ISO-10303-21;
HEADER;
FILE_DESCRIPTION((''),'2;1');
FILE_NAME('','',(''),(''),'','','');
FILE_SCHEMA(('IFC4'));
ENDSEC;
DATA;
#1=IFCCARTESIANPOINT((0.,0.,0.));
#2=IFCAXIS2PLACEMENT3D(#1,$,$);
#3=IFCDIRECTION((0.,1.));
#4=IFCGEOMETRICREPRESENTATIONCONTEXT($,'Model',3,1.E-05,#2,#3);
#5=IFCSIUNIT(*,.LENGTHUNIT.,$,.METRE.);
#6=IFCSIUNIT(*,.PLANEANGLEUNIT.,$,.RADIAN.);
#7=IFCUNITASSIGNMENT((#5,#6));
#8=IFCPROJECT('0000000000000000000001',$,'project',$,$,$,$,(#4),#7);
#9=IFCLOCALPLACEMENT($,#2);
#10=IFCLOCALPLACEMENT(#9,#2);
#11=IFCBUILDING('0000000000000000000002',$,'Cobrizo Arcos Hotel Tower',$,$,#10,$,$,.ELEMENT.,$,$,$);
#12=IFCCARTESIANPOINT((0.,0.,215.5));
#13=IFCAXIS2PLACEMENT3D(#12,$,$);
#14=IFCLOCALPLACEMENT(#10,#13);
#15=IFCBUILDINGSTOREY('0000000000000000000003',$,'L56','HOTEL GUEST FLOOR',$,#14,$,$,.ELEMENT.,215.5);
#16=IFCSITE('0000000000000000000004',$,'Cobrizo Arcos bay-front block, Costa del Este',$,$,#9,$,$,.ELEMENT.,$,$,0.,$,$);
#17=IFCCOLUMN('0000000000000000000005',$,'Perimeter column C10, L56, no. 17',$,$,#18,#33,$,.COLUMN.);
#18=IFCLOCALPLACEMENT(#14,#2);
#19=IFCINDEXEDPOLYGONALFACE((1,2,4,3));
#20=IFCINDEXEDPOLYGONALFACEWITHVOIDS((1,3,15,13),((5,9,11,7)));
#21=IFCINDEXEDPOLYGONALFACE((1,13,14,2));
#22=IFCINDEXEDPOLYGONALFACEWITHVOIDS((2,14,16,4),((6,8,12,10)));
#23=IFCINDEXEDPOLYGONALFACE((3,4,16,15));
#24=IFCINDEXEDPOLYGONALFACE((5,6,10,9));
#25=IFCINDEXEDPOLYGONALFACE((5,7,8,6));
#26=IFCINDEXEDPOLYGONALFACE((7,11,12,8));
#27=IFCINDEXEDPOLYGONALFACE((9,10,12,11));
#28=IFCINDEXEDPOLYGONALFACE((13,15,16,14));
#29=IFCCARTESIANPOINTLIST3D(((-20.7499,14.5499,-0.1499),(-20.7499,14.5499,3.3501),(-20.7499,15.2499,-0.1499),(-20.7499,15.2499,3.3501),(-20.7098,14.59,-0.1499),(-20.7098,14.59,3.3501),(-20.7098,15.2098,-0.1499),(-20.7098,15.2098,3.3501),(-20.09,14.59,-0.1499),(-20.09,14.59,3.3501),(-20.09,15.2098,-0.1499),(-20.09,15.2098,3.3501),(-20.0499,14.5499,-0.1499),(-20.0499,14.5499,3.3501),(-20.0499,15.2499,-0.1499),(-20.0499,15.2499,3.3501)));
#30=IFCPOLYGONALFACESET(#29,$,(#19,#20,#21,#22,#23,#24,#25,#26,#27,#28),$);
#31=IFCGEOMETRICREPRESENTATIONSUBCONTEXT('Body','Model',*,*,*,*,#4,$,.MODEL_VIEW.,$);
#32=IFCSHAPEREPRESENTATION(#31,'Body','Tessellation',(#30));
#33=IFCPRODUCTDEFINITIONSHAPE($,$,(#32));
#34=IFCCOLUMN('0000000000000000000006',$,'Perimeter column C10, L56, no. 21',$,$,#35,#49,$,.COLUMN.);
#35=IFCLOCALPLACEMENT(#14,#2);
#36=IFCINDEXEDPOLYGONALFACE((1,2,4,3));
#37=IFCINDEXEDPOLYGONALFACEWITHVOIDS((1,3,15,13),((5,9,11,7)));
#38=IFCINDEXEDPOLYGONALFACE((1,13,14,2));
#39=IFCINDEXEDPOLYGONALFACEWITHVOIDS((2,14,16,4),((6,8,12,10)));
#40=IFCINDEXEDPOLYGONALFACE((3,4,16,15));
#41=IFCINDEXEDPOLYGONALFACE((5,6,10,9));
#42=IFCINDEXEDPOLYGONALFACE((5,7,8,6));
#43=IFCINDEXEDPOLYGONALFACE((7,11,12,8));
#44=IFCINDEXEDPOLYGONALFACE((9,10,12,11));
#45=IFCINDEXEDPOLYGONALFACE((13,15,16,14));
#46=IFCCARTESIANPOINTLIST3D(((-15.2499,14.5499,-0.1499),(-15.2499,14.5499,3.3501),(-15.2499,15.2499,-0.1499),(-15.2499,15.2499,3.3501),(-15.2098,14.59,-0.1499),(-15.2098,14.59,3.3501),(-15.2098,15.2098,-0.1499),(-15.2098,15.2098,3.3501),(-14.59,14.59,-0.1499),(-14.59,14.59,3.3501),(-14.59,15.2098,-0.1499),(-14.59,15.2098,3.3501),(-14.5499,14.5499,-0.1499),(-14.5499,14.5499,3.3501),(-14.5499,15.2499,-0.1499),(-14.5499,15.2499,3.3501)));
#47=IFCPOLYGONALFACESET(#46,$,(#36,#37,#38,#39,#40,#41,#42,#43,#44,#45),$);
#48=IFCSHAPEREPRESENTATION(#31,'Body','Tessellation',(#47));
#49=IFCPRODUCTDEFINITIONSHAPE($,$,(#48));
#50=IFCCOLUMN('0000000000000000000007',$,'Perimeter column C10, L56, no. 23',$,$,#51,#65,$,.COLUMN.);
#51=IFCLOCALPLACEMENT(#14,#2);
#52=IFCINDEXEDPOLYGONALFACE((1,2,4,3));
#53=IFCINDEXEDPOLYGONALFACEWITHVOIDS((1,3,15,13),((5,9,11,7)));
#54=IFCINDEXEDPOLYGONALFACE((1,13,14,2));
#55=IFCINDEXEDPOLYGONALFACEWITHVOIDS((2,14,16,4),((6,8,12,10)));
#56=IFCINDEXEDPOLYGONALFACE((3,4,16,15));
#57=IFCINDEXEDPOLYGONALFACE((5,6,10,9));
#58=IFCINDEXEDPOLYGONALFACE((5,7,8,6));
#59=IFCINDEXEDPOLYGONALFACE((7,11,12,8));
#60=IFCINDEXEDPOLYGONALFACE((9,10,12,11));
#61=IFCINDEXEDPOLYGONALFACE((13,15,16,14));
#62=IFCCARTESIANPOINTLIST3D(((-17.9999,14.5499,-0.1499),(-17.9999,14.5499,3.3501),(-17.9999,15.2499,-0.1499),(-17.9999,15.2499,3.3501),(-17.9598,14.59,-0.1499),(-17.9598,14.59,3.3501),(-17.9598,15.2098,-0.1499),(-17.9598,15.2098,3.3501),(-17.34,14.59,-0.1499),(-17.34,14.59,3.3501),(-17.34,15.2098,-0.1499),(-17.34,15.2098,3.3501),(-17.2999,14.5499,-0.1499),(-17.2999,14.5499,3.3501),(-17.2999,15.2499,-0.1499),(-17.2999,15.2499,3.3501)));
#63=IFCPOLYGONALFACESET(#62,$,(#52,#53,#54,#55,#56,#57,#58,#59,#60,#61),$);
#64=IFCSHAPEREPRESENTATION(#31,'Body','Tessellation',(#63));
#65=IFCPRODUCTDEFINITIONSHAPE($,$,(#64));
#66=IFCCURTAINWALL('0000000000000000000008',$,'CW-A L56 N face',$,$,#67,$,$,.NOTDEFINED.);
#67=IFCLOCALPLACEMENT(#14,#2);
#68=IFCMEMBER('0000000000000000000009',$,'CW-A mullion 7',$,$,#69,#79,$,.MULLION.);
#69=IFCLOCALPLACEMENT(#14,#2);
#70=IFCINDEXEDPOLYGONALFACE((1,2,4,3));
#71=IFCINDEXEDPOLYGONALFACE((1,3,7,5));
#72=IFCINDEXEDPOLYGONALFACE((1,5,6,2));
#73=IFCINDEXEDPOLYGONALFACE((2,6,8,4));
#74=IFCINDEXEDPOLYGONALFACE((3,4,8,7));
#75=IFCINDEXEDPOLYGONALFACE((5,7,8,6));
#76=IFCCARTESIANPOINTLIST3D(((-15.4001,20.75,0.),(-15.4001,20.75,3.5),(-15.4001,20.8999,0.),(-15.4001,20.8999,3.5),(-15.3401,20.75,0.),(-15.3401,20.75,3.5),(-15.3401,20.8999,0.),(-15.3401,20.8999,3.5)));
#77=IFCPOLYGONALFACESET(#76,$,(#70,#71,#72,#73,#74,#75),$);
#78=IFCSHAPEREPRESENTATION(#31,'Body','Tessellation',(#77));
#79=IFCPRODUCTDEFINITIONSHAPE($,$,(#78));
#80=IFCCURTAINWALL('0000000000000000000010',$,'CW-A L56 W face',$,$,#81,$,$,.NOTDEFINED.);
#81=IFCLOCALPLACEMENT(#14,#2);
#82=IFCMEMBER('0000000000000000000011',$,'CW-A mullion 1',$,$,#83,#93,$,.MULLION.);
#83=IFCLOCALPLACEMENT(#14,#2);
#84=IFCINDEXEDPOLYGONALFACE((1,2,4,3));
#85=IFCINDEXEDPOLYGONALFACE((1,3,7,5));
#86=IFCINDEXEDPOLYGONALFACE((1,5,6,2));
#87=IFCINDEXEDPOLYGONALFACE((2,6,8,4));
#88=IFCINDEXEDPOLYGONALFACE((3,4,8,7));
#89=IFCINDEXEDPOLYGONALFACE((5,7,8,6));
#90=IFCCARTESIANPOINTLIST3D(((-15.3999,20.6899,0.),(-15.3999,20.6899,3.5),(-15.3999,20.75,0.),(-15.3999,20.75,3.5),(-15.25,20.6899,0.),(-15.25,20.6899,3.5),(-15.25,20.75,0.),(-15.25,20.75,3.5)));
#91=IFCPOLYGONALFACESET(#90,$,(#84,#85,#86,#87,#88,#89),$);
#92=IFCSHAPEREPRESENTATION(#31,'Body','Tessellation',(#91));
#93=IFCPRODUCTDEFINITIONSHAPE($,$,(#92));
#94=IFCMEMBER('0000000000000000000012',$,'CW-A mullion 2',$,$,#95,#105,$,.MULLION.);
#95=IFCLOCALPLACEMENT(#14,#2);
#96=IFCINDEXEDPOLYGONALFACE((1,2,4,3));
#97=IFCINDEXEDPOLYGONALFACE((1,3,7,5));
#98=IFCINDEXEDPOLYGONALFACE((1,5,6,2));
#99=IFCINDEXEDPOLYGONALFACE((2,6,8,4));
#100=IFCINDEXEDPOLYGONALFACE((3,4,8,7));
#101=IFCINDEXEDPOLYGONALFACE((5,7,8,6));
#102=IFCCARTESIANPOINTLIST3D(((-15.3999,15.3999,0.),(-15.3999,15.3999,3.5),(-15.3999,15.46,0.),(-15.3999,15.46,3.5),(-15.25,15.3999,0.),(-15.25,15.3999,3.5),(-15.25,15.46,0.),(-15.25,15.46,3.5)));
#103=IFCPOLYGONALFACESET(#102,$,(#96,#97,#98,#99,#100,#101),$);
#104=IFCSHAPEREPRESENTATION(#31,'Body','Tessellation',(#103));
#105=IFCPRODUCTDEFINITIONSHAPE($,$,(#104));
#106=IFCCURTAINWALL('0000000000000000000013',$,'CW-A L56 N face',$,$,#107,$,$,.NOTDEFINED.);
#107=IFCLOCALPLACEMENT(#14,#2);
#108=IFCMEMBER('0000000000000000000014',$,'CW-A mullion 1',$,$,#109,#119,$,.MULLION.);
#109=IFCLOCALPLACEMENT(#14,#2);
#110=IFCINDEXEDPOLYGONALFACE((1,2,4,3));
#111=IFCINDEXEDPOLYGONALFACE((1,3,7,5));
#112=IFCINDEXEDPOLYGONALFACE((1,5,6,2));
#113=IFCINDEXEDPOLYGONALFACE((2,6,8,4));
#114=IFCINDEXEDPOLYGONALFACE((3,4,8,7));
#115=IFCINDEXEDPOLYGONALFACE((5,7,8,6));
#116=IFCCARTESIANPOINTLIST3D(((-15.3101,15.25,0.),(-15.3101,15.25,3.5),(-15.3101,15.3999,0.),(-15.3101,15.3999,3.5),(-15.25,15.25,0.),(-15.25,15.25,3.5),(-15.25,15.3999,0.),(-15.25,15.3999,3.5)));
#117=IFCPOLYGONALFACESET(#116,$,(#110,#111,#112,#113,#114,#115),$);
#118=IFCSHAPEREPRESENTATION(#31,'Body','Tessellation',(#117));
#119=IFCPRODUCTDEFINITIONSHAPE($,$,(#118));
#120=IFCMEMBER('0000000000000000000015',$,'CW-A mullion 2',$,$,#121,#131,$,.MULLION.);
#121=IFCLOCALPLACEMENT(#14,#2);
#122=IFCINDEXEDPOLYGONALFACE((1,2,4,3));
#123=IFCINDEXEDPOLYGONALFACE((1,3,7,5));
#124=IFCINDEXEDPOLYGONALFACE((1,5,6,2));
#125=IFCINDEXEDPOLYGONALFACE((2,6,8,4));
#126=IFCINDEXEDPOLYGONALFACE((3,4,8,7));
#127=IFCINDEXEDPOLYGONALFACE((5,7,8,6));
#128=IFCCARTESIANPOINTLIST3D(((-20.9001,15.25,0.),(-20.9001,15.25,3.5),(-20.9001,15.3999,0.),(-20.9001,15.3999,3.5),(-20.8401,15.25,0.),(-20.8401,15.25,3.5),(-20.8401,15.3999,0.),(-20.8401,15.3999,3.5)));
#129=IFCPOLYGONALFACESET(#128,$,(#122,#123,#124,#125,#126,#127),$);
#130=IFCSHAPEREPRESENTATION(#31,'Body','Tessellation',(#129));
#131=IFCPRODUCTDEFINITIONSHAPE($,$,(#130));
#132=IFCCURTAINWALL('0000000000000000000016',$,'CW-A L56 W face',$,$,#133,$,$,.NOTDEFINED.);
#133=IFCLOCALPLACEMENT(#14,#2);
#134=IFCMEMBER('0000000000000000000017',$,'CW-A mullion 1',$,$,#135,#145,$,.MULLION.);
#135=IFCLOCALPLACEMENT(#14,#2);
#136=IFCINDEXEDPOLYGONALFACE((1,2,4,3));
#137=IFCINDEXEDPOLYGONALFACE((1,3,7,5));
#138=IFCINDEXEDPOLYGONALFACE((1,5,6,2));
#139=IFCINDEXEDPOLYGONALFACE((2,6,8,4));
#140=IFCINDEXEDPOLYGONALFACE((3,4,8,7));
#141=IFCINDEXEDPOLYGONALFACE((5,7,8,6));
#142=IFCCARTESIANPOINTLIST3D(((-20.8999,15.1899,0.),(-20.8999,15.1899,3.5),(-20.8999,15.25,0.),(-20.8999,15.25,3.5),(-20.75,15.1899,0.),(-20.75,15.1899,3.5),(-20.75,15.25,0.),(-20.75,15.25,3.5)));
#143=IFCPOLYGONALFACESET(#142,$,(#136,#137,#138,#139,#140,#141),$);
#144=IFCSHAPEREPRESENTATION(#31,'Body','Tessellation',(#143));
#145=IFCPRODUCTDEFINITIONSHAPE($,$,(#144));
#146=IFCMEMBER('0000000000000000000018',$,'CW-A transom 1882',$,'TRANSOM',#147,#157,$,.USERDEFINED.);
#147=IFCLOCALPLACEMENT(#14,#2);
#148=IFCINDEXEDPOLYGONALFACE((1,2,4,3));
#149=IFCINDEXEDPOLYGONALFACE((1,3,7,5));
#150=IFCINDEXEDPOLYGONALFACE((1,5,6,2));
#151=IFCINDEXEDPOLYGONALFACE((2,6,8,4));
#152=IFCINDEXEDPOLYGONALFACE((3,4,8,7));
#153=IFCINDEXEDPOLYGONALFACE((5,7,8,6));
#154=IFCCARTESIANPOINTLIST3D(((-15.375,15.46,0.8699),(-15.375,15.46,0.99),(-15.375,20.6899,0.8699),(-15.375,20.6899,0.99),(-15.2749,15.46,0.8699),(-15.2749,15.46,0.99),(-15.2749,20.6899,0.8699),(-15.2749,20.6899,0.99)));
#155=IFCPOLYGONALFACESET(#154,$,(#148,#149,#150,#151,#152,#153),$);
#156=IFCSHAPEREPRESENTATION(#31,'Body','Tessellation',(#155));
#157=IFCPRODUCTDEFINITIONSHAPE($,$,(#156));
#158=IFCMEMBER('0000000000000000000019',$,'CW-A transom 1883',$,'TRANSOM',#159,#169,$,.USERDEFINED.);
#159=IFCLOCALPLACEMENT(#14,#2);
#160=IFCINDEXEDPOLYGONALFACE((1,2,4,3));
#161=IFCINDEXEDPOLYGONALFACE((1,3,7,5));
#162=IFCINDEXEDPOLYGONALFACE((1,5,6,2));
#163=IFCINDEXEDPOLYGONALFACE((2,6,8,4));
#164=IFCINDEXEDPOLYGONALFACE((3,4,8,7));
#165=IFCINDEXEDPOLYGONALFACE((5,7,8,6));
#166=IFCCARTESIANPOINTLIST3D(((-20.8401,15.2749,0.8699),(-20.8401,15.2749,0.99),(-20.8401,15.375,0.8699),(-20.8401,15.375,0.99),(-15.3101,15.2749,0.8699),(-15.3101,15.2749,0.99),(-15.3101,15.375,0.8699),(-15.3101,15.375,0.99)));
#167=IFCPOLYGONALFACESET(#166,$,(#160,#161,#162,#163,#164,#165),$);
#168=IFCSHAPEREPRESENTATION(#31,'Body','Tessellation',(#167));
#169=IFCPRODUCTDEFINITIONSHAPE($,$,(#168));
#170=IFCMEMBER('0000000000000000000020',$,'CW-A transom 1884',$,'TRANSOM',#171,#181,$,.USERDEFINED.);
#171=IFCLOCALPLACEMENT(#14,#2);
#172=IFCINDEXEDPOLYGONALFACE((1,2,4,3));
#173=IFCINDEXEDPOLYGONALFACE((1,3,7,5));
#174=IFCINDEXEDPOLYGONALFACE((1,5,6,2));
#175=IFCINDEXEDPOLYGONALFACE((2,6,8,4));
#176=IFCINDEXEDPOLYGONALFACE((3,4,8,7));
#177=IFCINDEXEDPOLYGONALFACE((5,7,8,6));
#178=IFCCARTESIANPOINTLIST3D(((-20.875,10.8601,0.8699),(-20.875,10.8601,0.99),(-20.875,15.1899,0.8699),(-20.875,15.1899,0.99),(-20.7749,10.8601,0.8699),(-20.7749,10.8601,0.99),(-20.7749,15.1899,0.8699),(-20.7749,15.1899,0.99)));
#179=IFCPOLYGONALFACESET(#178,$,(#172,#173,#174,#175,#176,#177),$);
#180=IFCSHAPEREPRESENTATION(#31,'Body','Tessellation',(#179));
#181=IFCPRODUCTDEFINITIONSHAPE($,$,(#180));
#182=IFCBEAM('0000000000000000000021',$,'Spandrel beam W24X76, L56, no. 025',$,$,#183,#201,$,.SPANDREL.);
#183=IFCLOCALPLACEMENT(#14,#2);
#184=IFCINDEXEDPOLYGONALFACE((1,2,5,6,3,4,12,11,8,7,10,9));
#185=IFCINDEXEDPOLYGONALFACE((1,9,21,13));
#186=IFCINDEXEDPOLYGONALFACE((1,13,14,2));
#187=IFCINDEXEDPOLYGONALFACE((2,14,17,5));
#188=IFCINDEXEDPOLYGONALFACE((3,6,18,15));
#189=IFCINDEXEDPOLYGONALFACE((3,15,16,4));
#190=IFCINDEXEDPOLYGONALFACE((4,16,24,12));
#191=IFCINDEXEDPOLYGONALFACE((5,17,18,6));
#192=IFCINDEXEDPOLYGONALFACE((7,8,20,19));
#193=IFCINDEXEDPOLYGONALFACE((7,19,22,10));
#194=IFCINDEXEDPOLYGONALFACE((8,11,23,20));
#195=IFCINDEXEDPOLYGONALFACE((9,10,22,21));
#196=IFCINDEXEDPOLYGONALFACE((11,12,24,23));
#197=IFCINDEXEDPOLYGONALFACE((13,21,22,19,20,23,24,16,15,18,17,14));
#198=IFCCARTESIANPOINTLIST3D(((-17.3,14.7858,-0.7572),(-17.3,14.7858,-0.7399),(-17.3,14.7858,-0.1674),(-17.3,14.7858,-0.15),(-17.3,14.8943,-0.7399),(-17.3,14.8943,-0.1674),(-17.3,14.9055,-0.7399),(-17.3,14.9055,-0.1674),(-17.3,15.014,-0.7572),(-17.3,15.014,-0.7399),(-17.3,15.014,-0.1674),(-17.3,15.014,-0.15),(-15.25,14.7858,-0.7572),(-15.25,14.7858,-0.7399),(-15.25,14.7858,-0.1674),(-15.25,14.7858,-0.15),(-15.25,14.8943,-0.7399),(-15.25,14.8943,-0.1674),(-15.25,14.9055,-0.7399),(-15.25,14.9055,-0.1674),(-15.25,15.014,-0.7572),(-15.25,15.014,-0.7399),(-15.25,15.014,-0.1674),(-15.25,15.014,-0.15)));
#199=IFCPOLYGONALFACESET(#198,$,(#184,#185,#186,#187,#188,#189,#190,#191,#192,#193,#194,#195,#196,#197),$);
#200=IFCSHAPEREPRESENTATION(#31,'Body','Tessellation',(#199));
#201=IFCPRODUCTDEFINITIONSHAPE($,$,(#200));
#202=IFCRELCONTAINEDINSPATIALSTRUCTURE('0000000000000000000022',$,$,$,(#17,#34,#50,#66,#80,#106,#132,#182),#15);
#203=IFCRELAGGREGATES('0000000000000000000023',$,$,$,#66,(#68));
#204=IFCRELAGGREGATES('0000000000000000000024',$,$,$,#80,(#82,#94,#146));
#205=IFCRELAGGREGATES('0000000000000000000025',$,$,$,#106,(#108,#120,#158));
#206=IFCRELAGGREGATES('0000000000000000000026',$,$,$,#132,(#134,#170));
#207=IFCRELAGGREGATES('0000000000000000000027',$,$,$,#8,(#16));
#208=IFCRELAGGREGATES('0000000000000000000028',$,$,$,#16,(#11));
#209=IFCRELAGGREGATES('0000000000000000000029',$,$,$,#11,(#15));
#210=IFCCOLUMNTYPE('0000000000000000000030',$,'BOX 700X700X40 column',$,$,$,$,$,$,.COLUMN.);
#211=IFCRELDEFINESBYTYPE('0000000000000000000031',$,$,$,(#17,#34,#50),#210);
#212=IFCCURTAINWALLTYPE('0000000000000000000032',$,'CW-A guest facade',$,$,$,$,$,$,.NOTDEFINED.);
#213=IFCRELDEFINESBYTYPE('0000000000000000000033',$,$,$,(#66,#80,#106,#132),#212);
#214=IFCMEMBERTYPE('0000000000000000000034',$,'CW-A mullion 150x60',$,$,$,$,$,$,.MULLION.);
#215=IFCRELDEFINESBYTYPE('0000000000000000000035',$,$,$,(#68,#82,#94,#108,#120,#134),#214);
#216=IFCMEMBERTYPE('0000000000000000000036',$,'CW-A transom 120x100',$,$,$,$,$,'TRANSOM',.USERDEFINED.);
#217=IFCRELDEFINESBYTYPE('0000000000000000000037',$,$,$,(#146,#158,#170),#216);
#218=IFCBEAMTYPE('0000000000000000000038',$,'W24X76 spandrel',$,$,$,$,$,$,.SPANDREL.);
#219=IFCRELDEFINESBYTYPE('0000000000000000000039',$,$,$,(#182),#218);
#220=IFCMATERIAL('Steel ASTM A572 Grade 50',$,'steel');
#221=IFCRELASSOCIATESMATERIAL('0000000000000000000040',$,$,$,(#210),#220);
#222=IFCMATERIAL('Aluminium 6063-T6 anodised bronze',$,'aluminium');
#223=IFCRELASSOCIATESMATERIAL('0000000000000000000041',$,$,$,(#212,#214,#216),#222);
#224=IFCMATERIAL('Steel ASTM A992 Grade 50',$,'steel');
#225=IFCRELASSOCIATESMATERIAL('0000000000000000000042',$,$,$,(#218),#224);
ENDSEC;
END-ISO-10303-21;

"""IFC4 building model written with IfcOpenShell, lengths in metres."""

from ifc_helpers import new_model, si_unit, direction, frame, origin, origin_2d, place, context, subcontext, project, spatial, rectangle, hollow_rectangle, i_section, extrude, material, material_profile, profile_set, type_object, element, aggregate, save


model = new_model("IFC4")

# Units and contexts
model_context = context("Model", 3, precision=1e-05, world=origin(), true_north=direction((0.0, 1.0)))
body_context = subcontext(model_context, "Body", "Model", "MODEL_VIEW")
ifc_project = project(units=[si_unit("LENGTHUNIT", "METRE"), si_unit("PLANEANGLEUNIT", "RADIAN")], contexts=[model_context])

# Site, building, storey
site_placement = place(None, origin())
site = spatial("IfcSite", under=ifc_project, at=site_placement, Name="Cobrizo Arcos bay-front block, Costa del Este", CompositionType="ELEMENT", RefElevation=0.0)
building_placement = place(site_placement, origin())
building = spatial("IfcBuilding", under=site, at=building_placement, Name="Cobrizo Arcos Hotel Tower", CompositionType="ELEMENT")
storey_placement = place(building_placement, frame((0.0, 0.0, 215.5)))
storey = spatial("IfcBuildingStorey", under=building, at=storey_placement, Name="L56", Description="HOTEL GUEST FLOOR", CompositionType="ELEMENT", Elevation=215.5)

# Columns
ifc_material_1 = material(Name="Steel ASTM A572 Grade 50", Category="steel")
ifc_material_profile_1 = material_profile(ifc_material_1, hollow_rectangle(XDim=0.7, YDim=0.7, WallThickness=0.04, at=origin_2d()), Name="BOX 700X700X40")
ifc_profile_set_1 = profile_set([ifc_material_profile_1], Name="Steel ASTM A572 Grade 50")
column_type = type_object("IfcColumnType", Name="BOX 700X700X40 column", PredefinedType="COLUMN", material=ifc_profile_set_1)
for number, where, z_axis, x_axis, name in (
    (1, (-20.3999, 14.8999, -0.1499), (0.0, 0.0, 1.0), (1.0, 0.0, 0.0), "Perimeter column C10, L56, no. 17"),
    (2, (-14.8999, 14.8999, -0.1499), (0.0, 0.0, 1.0), (1.0, 0.0, 0.0), "Perimeter column C10, L56, no. 21"),
    (3, (-17.6499, 14.8999, -0.1499), (0.0, 0.0, 1.0), (1.0, 0.0, 0.0), "Perimeter column C10, L56, no. 23"),
):
    element("IfcColumn", number, at=place(storey_placement, frame(where, z_axis=z_axis, x_axis=x_axis)), inside=storey, type_object=column_type, Name=name, PredefinedType="COLUMN", context=body_context, shape_type="SweptSolid", body=[
        extrude(hollow_rectangle(XDim=0.7, YDim=0.7, WallThickness=0.04, at=origin_2d()), origin(), (0.0, 0.0, 1.0), 3.5),
    ])

# Curtain wall, member
ifc_material_2 = material(Name="Aluminium 6063-T6 anodised bronze", Category="aluminium")
curtain_wall_type = type_object("IfcCurtainWallType", Name="CW-A guest facade", PredefinedType="NOTDEFINED", material=ifc_material_2)
curtain_wall_1_placement = place(storey_placement, origin())
curtain_wall_1 = element("IfcCurtainWall", 4, at=curtain_wall_1_placement, inside=storey, type_object=curtain_wall_type, Name="CW-A L56 N face", PredefinedType="NOTDEFINED")
ifc_material_profile_2 = material_profile(ifc_material_2, rectangle(XDim=0.1499, YDim=0.0601, at=origin_2d()), Name="CW-A mullion 150x60")
ifc_profile_set_2 = profile_set([ifc_material_profile_2], Name="Aluminium 6063-T6 anodised bronze")
member_type_1 = type_object("IfcMemberType", Name="CW-A mullion 150x60", PredefinedType="MULLION", material=ifc_profile_set_2)
member_1_placement = place(storey_placement, frame((-15.3701, 20.825, 0.0), z_axis=(0.0, 0.0, 1.0), x_axis=(0.0, 1.0, 0.0)))
member_1 = element("IfcMember", 5, at=member_1_placement, type_object=member_type_1, Name="CW-A mullion 7", PredefinedType="MULLION", context=body_context, shape_type="SweptSolid", body=[
    extrude(rectangle(XDim=0.1499, YDim=0.0601, at=origin_2d()), origin(), (0.0, 0.0, 1.0), 3.5),
])
aggregate(curtain_wall_1, [member_1])

# Curtain walls, members
curtain_wall_2_placement = place(storey_placement, origin())
curtain_wall_2 = element("IfcCurtainWall", 6, at=curtain_wall_2_placement, inside=storey, type_object=curtain_wall_type, Name="CW-A L56 W face", PredefinedType="NOTDEFINED")
member_2_placement = place(storey_placement, frame((-15.325, 20.72, 0.0), z_axis=(0.0, 0.0, 1.0), x_axis=(-1.0, 0.0, 0.0)))
member_2 = element("IfcMember", 7, at=member_2_placement, type_object=member_type_1, Name="CW-A mullion 1", PredefinedType="MULLION", context=body_context, shape_type="SweptSolid", body=[
    extrude(rectangle(XDim=0.1499, YDim=0.0601, at=origin_2d()), origin(), (0.0, 0.0, 1.0), 3.5),
])
member_3_placement = place(storey_placement, frame((-15.325, 15.4299, 0.0), z_axis=(0.0, 0.0, 1.0), x_axis=(-1.0, 0.0, 0.0)))
member_3 = element("IfcMember", 8, at=member_3_placement, type_object=member_type_1, Name="CW-A mullion 2", PredefinedType="MULLION", context=body_context, shape_type="SweptSolid", body=[
    extrude(rectangle(XDim=0.1499, YDim=0.0601, at=origin_2d()), origin(), (0.0, 0.0, 1.0), 3.5),
])
curtain_wall_3_placement = place(storey_placement, origin())
curtain_wall_3 = element("IfcCurtainWall", 9, at=curtain_wall_3_placement, inside=storey, type_object=curtain_wall_type, Name="CW-A L56 N face", PredefinedType="NOTDEFINED")
member_4_placement = place(storey_placement, frame((-15.28, 15.325, 0.0), z_axis=(0.0, 0.0, 1.0), x_axis=(0.0, 1.0, 0.0)))
member_4 = element("IfcMember", 10, at=member_4_placement, type_object=member_type_1, Name="CW-A mullion 1", PredefinedType="MULLION", context=body_context, shape_type="SweptSolid", body=[
    extrude(rectangle(XDim=0.1499, YDim=0.0601, at=origin_2d()), origin(), (0.0, 0.0, 1.0), 3.5),
])
member_5_placement = place(storey_placement, frame((-20.8701, 15.325, 0.0), z_axis=(0.0, 0.0, 1.0), x_axis=(0.0, 1.0, 0.0)))
member_5 = element("IfcMember", 11, at=member_5_placement, type_object=member_type_1, Name="CW-A mullion 2", PredefinedType="MULLION", context=body_context, shape_type="SweptSolid", body=[
    extrude(rectangle(XDim=0.1499, YDim=0.0601, at=origin_2d()), origin(), (0.0, 0.0, 1.0), 3.5),
])

# Curtain wall, member
curtain_wall_4_placement = place(storey_placement, origin())
curtain_wall_4 = element("IfcCurtainWall", 12, at=curtain_wall_4_placement, inside=storey, type_object=curtain_wall_type, Name="CW-A L56 W face", PredefinedType="NOTDEFINED")
member_6_placement = place(storey_placement, frame((-20.825, 15.22, 0.0), z_axis=(0.0, 0.0, 1.0), x_axis=(-1.0, 0.0, 0.0)))
member_6 = element("IfcMember", 13, at=member_6_placement, type_object=member_type_1, Name="CW-A mullion 1", PredefinedType="MULLION", context=body_context, shape_type="SweptSolid", body=[
    extrude(rectangle(XDim=0.1499, YDim=0.0601, at=origin_2d()), origin(), (0.0, 0.0, 1.0), 3.5),
])

# Members
ifc_material_profile_3 = material_profile(ifc_material_2, rectangle(XDim=0.1001, YDim=0.1201, at=origin_2d()), Name="CW-A transom 120x100")
ifc_profile_set_3 = profile_set([ifc_material_profile_3], Name="Aluminium 6063-T6 anodised bronze")
member_type_2 = type_object("IfcMemberType", Name="CW-A transom 120x100", ElementType="TRANSOM", PredefinedType="USERDEFINED", material=ifc_profile_set_3)
member_7_placement = place(storey_placement, frame((-15.325, 20.6899, 0.9299), z_axis=(0.0, -1.0, 0.0), x_axis=(1.0, 0.0, 0.0)))
member_7 = element("IfcMember", 14, at=member_7_placement, type_object=member_type_2, Name="CW-A transom 1882", ObjectType="TRANSOM", PredefinedType="USERDEFINED", context=body_context, shape_type="SweptSolid", body=[
    extrude(rectangle(XDim=0.1001, YDim=0.1201, at=origin_2d()), origin(), (0.0, 0.0, 1.0), 5.23),
])
member_8_placement = place(storey_placement, frame((-15.3101, 15.325, 0.9299), z_axis=(-1.0, 0.0, 0.0), x_axis=(0.0, -1.0, 0.0)))
member_8 = element("IfcMember", 15, at=member_8_placement, type_object=member_type_2, Name="CW-A transom 1883", ObjectType="TRANSOM", PredefinedType="USERDEFINED", context=body_context, shape_type="SweptSolid", body=[
    extrude(rectangle(XDim=0.1001, YDim=0.1201, at=origin_2d()), origin(), (0.0, 0.0, 1.0), 5.53),
])
member_9_placement = place(storey_placement, frame((-20.825, 15.1899, 0.9299), z_axis=(0.0, -1.0, 0.0), x_axis=(1.0, 0.0, 0.0)))
member_9 = element("IfcMember", 16, at=member_9_placement, type_object=member_type_2, Name="CW-A transom 1884", ObjectType="TRANSOM", PredefinedType="USERDEFINED", context=body_context, shape_type="SweptSolid", body=[
    extrude(rectangle(XDim=0.1001, YDim=0.1201, at=origin_2d()), origin(), (0.0, 0.0, 1.0), 4.3298),
])

# Beam
ifc_material_3 = material(Name="Steel ASTM A992 Grade 50", Category="steel")
ifc_material_profile_4 = material_profile(ifc_material_3, i_section(OverallWidth=0.2283, OverallDepth=0.6072, WebThickness=0.0112, FlangeThickness=0.0173, at=origin_2d()), Name="W24X76")
ifc_profile_set_4 = profile_set([ifc_material_profile_4], Name="Steel ASTM A992 Grade 50")
beam_type = type_object("IfcBeamType", Name="W24X76 spandrel", PredefinedType="SPANDREL", material=ifc_profile_set_4)
for number, where, z_axis, x_axis, name in (
    (17, (-15.25, 14.8999, -0.4536), (-1.0, 0.0, 0.0), (0.0, -1.0, 0.0), "Spandrel beam W24X76, L56, no. 025"),
):
    element("IfcBeam", number, at=place(storey_placement, frame(where, z_axis=z_axis, x_axis=x_axis)), inside=storey, type_object=beam_type, Name=name, PredefinedType="SPANDREL", context=body_context, shape_type="SweptSolid", body=[
        extrude(i_section(OverallWidth=0.2283, OverallDepth=0.6072, WebThickness=0.0112, FlangeThickness=0.0173, at=origin_2d()), origin(), (0.0, 0.0, 1.0), 2.05),
    ])

aggregate(curtain_wall_2, [member_2, member_3, member_7])
aggregate(curtain_wall_3, [member_4, member_5, member_8])
aggregate(curtain_wall_4, [member_6, member_9])

save(model, "model.ifc")
